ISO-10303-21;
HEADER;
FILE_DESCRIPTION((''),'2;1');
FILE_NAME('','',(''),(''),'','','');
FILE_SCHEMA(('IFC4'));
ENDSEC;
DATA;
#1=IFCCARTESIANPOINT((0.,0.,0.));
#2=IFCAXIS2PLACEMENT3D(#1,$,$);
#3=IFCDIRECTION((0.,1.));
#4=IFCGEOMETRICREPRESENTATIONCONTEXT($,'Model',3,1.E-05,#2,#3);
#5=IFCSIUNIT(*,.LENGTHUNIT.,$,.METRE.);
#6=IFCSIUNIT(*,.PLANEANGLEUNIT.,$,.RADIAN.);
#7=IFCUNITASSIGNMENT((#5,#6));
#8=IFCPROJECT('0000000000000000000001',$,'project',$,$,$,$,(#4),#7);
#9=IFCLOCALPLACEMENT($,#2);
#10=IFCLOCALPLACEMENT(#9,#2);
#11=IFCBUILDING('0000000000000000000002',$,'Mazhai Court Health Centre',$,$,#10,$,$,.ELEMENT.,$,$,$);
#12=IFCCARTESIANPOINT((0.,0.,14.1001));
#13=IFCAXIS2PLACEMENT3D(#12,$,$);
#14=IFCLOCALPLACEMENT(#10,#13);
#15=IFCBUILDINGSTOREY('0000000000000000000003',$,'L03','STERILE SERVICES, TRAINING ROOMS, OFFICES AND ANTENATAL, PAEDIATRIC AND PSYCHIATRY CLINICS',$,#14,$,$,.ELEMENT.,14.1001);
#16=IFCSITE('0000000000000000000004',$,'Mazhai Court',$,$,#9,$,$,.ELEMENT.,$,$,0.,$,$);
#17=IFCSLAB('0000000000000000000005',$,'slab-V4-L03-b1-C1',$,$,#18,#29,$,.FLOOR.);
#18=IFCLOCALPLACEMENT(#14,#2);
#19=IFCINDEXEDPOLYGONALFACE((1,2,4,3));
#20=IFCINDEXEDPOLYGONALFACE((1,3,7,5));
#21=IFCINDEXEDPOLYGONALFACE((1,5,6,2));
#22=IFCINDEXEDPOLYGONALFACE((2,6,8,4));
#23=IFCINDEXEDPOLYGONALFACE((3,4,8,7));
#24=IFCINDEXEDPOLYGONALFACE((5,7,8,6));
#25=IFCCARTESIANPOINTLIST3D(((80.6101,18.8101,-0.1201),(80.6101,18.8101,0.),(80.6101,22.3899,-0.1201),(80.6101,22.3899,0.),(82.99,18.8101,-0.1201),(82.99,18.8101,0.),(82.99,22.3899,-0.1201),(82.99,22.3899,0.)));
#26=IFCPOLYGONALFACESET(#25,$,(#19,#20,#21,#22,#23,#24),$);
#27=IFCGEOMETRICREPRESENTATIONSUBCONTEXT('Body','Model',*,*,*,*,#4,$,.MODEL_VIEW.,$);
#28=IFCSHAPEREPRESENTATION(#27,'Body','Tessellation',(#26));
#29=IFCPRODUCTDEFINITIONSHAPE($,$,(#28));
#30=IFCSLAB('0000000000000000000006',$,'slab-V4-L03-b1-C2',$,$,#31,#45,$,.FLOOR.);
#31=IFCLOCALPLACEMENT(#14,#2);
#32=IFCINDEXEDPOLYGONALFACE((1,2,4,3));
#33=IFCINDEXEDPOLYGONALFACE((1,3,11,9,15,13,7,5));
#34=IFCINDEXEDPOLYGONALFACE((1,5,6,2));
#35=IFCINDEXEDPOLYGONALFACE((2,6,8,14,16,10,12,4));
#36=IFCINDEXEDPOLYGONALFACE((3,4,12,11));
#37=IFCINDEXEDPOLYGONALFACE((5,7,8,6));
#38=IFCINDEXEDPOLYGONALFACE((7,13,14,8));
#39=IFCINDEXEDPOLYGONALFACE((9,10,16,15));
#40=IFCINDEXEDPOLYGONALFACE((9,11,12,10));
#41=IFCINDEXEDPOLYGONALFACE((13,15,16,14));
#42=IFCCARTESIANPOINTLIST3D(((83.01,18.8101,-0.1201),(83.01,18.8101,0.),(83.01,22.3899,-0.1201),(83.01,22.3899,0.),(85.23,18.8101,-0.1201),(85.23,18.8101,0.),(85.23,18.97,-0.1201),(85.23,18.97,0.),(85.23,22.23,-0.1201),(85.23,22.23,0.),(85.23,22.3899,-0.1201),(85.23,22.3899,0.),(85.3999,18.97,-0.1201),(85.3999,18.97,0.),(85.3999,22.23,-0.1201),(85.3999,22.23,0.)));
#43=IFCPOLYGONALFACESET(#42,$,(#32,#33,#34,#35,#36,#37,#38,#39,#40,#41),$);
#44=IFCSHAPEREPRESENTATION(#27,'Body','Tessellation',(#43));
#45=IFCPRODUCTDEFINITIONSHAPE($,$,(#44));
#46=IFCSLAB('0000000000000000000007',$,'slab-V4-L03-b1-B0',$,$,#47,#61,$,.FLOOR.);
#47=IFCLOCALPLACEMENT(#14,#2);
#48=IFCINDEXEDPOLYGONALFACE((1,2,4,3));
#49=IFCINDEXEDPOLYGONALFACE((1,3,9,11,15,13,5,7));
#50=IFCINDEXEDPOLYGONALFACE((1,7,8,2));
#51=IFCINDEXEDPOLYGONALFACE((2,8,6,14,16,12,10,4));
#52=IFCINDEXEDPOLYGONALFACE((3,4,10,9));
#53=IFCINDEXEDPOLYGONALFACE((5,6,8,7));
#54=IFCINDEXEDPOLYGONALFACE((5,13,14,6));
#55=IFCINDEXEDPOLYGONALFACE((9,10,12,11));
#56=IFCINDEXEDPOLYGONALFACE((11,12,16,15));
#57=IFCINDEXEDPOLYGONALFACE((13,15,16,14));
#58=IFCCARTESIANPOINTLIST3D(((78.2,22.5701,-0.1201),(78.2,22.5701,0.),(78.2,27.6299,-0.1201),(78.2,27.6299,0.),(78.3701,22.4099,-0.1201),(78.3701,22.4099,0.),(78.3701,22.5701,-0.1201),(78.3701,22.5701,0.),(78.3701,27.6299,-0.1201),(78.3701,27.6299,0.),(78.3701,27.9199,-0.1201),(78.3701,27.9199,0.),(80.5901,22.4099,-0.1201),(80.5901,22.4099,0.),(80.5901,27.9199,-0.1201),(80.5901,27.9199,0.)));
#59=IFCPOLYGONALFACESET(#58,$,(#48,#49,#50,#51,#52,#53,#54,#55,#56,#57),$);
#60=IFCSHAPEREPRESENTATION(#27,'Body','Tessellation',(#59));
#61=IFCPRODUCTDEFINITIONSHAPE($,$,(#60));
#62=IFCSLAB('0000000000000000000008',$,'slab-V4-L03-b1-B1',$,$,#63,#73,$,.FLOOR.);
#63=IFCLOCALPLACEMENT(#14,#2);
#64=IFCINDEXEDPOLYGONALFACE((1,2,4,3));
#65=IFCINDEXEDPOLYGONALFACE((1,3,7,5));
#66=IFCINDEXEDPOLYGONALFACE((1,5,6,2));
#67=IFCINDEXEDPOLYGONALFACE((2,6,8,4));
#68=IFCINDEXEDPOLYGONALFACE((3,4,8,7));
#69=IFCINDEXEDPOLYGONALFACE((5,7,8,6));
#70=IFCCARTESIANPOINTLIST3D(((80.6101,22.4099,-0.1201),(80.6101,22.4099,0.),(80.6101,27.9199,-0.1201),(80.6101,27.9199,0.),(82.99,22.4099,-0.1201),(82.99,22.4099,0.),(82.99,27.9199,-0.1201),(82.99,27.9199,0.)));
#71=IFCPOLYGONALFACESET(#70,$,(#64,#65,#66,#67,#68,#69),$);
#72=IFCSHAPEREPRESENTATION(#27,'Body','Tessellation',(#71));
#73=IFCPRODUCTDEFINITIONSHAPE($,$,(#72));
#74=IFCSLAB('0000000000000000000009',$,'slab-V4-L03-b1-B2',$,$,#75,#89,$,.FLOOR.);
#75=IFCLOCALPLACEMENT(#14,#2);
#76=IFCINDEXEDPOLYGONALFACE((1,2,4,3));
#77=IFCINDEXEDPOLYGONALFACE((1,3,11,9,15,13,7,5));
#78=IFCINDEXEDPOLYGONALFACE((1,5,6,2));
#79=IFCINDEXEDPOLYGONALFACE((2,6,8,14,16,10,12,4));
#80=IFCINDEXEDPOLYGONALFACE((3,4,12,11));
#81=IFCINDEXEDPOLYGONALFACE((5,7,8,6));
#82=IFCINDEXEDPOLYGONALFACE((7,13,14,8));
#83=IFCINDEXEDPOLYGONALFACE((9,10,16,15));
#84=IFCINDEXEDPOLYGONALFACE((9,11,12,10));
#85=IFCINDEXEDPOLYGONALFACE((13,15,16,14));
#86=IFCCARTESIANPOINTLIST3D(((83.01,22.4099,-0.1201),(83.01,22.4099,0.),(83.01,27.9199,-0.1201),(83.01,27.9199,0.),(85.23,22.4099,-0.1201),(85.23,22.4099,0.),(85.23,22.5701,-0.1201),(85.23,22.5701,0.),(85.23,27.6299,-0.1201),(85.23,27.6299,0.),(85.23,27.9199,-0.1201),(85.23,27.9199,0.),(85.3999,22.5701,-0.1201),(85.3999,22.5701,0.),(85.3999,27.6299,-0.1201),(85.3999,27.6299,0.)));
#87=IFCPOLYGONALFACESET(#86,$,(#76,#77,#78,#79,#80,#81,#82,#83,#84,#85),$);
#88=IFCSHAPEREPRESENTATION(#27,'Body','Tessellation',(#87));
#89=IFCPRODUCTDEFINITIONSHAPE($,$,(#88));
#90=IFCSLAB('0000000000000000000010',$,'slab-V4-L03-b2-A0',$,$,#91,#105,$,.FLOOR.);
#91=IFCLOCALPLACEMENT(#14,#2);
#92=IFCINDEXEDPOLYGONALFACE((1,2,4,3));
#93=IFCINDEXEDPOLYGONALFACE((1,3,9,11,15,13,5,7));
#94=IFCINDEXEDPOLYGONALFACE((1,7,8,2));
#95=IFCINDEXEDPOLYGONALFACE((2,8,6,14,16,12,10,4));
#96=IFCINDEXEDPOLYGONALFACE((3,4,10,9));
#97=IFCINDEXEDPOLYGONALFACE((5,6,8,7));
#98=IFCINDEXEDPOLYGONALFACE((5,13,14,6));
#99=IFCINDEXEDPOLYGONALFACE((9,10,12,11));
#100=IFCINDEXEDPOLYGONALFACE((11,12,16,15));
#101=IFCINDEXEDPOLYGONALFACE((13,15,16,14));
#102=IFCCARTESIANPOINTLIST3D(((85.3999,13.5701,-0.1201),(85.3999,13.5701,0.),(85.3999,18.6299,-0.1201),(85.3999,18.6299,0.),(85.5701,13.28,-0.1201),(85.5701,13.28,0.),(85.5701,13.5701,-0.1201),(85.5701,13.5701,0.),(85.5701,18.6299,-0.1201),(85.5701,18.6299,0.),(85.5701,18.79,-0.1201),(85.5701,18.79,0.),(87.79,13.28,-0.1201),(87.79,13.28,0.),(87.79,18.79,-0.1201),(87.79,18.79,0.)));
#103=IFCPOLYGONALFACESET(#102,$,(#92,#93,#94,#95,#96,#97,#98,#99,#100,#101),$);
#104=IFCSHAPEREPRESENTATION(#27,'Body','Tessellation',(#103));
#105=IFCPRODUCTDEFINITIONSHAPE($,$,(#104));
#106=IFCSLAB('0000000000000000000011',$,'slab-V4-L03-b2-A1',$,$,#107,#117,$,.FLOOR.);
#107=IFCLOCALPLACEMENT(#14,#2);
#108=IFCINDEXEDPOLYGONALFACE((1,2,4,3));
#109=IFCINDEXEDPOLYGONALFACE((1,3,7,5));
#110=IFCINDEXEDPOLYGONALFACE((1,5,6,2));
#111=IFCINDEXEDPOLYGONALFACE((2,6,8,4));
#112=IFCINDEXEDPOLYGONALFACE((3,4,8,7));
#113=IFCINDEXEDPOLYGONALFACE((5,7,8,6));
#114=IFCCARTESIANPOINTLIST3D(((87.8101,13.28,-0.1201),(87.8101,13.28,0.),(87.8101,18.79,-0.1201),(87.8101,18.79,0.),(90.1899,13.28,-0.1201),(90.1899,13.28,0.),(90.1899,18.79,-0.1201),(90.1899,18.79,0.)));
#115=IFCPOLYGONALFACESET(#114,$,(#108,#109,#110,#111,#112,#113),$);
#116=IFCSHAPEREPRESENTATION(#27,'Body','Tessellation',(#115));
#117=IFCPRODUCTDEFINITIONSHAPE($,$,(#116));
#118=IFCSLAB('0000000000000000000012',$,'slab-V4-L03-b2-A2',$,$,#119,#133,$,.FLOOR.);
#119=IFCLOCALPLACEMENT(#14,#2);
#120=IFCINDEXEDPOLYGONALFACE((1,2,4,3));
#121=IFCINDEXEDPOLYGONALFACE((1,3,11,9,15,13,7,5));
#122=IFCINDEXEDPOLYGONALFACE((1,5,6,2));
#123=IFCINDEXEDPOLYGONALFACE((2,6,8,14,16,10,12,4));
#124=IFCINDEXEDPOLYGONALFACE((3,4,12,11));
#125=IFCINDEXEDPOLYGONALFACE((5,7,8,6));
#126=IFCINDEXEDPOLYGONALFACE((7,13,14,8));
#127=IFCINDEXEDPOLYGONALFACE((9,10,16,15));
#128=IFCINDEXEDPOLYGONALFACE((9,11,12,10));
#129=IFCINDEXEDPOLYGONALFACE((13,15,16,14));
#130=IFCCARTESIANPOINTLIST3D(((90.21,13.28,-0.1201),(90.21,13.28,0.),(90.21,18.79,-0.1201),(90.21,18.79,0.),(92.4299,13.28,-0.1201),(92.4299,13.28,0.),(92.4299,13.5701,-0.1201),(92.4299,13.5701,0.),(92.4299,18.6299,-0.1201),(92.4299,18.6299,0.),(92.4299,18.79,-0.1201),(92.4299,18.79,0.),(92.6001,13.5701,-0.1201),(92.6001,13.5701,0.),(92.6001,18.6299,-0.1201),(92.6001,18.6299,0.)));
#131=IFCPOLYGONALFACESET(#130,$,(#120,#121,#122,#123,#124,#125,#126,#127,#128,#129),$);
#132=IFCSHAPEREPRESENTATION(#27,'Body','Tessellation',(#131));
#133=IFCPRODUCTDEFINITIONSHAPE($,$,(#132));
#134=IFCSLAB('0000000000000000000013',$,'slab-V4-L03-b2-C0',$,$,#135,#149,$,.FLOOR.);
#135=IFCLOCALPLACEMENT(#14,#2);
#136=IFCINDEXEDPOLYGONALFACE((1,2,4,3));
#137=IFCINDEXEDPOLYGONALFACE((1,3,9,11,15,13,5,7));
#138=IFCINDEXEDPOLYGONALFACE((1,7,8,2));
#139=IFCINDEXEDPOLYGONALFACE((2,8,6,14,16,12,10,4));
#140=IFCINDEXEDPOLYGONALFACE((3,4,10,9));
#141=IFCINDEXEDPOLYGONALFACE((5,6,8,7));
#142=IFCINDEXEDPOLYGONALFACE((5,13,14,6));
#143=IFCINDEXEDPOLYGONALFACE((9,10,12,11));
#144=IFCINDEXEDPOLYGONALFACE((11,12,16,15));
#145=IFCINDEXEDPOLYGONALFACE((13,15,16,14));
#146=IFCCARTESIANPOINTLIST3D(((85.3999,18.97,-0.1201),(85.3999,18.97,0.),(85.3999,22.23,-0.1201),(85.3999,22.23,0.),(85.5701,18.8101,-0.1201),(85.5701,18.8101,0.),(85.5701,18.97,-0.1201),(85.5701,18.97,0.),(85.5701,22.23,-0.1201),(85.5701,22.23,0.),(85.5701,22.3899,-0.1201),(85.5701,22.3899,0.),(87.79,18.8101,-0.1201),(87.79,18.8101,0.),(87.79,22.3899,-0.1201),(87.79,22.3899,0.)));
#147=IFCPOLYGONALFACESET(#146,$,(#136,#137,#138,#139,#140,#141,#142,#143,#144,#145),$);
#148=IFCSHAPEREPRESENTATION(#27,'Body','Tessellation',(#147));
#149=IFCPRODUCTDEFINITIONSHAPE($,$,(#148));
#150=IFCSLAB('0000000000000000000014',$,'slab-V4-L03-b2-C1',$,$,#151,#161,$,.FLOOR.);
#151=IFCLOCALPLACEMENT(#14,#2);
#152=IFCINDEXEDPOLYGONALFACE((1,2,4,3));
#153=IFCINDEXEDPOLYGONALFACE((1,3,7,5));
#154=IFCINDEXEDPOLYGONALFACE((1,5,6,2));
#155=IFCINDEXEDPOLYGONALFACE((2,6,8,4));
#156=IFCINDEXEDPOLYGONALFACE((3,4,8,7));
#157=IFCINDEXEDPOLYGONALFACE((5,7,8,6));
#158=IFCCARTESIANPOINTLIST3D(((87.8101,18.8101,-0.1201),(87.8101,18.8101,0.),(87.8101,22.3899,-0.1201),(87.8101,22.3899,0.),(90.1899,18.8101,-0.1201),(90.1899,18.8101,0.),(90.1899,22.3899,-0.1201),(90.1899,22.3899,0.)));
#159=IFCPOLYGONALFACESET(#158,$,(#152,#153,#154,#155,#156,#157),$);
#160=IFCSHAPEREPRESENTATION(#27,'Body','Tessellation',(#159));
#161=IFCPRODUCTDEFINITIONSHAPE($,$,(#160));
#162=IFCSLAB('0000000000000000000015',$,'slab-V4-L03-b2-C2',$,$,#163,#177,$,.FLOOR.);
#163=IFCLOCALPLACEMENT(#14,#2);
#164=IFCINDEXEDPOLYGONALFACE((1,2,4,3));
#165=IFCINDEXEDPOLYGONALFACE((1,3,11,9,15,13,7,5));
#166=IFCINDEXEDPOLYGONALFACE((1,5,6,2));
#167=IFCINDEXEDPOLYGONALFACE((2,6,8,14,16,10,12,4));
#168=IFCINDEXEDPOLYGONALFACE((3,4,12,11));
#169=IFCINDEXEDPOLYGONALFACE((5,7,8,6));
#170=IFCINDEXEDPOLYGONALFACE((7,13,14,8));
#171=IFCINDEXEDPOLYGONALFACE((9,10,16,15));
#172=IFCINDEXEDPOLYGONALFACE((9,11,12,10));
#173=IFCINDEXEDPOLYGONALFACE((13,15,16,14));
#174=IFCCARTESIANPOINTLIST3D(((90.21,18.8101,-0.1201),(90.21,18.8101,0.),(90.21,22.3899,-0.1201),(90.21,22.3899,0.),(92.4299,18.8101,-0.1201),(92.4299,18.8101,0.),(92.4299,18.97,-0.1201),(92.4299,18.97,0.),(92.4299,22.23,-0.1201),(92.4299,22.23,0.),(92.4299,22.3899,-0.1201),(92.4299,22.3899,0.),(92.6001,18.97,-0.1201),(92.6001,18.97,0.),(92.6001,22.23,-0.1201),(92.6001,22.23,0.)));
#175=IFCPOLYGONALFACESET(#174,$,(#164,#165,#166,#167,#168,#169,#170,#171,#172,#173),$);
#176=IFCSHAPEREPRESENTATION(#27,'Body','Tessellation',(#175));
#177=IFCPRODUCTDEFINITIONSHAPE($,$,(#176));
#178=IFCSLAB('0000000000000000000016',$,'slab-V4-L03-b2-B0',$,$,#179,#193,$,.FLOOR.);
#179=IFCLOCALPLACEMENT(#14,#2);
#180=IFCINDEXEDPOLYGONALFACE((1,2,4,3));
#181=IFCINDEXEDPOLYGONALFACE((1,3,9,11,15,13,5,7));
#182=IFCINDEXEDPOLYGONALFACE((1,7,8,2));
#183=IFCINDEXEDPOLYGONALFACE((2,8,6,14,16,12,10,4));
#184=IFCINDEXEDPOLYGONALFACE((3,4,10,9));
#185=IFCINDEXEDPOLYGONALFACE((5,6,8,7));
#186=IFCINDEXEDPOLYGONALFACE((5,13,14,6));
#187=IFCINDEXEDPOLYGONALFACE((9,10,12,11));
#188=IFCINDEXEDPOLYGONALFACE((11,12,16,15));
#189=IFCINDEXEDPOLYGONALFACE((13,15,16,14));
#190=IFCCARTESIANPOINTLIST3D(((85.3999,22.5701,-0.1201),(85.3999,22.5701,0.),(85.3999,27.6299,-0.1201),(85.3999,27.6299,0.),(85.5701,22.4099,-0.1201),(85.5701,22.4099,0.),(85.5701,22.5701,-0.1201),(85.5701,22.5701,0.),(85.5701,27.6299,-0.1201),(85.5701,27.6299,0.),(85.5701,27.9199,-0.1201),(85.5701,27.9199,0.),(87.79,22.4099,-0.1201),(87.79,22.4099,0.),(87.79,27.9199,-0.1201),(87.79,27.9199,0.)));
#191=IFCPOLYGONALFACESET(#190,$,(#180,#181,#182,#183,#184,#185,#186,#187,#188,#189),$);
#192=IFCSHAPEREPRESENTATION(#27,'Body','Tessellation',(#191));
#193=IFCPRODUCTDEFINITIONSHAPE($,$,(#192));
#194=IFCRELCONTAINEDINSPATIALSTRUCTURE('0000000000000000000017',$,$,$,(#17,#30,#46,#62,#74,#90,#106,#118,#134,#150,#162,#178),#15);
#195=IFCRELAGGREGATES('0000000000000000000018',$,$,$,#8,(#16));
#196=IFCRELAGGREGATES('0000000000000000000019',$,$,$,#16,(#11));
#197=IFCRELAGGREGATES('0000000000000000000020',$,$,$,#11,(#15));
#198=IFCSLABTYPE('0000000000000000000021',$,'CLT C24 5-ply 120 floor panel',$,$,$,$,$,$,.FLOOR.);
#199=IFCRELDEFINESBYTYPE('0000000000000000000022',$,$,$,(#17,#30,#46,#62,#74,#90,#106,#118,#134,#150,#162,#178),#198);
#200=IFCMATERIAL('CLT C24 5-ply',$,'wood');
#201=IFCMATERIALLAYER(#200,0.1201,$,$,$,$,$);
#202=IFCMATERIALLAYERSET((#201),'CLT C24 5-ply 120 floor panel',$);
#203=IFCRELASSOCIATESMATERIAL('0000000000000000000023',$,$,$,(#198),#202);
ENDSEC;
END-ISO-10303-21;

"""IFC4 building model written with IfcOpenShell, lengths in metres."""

from ifc_helpers import new_model, si_unit, direction, frame, origin, place, context, subcontext, project, spatial, polyline, outline, extrude, material, layer, layer_set, type_object, element, save


model = new_model("IFC4")

# Units and contexts
model_context = context("Model", 3, precision=1e-05, world=origin(), true_north=direction((0.0, 1.0)))
body_context = subcontext(model_context, "Body", "Model", "MODEL_VIEW")
ifc_project = project(units=[si_unit("LENGTHUNIT", "METRE"), si_unit("PLANEANGLEUNIT", "RADIAN")], contexts=[model_context])

# Site, building, storey
site_placement = place(None, origin())
site = spatial("IfcSite", under=ifc_project, at=site_placement, Name="Mazhai Court", CompositionType="ELEMENT", RefElevation=0.0)
building_placement = place(site_placement, origin())
building = spatial("IfcBuilding", under=site, at=building_placement, Name="Mazhai Court Health Centre", CompositionType="ELEMENT")
storey_placement = place(building_placement, frame((0.0, 0.0, 14.1001)))
storey = spatial("IfcBuildingStorey", under=building, at=storey_placement, Name="L03", Description="STERILE SERVICES, TRAINING ROOMS, OFFICES AND ANTENATAL, PAEDIATRIC AND PSYCHIATRY CLINICS", CompositionType="ELEMENT", Elevation=14.1001)

# Slabs
ifc_material = material(Name="CLT C24 5-ply", Category="wood")
ifc_layer = layer(ifc_material, 0.1201)
ifc_layer_set = layer_set([ifc_layer], Name="CLT C24 5-ply 120 floor panel")
slab_type = type_object("IfcSlabType", Name="CLT C24 5-ply 120 floor panel", PredefinedType="FLOOR", material=ifc_layer_set)
slab_1_placement = place(storey_placement, frame((0.0, 0.0, -0.1201)))
element("IfcSlab", 1, at=slab_1_placement, inside=storey, type_object=slab_type, Name="slab-V4-L03-b1-C1", PredefinedType="FLOOR", context=body_context, shape_type="SweptSolid", body=[
    extrude(outline(polyline([(80.6101, 18.8101), (82.99, 18.8101), (82.99, 22.3899), (80.6101, 22.3899), (80.6101, 18.8101)])), origin(), (0.0, 0.0, 1.0), 0.1201),
])
slab_2_placement = place(storey_placement, frame((0.0, 0.0, -0.1201)))
element("IfcSlab", 2, at=slab_2_placement, inside=storey, type_object=slab_type, Name="slab-V4-L03-b1-C2", PredefinedType="FLOOR", context=body_context, shape_type="SweptSolid", body=[
    extrude(outline(polyline([(85.3999, 18.97), (85.3999, 22.23), (85.23, 22.23), (85.23, 22.3899), (83.01, 22.3899), (83.01, 18.8101), (85.23, 18.8101), (85.23, 18.97), (85.3999, 18.97)])), origin(), (0.0, 0.0, 1.0), 0.1201),
])
slab_3_placement = place(storey_placement, frame((0.0, 0.0, -0.1201)))
element("IfcSlab", 3, at=slab_3_placement, inside=storey, type_object=slab_type, Name="slab-V4-L03-b1-B0", PredefinedType="FLOOR", context=body_context, shape_type="SweptSolid", body=[
    extrude(outline(polyline([(80.5901, 27.9199), (78.3701, 27.9199), (78.3701, 27.6299), (78.2, 27.6299), (78.2, 22.5701), (78.3701, 22.5701), (78.3701, 22.4099), (80.5901, 22.4099), (80.5901, 27.9199)])), origin(), (0.0, 0.0, 1.0), 0.1201),
])
slab_4_placement = place(storey_placement, frame((0.0, 0.0, -0.1201)))
element("IfcSlab", 4, at=slab_4_placement, inside=storey, type_object=slab_type, Name="slab-V4-L03-b1-B1", PredefinedType="FLOOR", context=body_context, shape_type="SweptSolid", body=[
    extrude(outline(polyline([(80.6101, 22.4099), (82.99, 22.4099), (82.99, 27.9199), (80.6101, 27.9199), (80.6101, 22.4099)])), origin(), (0.0, 0.0, 1.0), 0.1201),
])
slab_5_placement = place(storey_placement, frame((0.0, 0.0, -0.1201)))
element("IfcSlab", 5, at=slab_5_placement, inside=storey, type_object=slab_type, Name="slab-V4-L03-b1-B2", PredefinedType="FLOOR", context=body_context, shape_type="SweptSolid", body=[
    extrude(outline(polyline([(85.3999, 22.5701), (85.3999, 27.6299), (85.23, 27.6299), (85.23, 27.9199), (83.01, 27.9199), (83.01, 22.4099), (85.23, 22.4099), (85.23, 22.5701), (85.3999, 22.5701)])), origin(), (0.0, 0.0, 1.0), 0.1201),
])
slab_6_placement = place(storey_placement, frame((0.0, 0.0, -0.1201)))
element("IfcSlab", 6, at=slab_6_placement, inside=storey, type_object=slab_type, Name="slab-V4-L03-b2-A0", PredefinedType="FLOOR", context=body_context, shape_type="SweptSolid", body=[
    extrude(outline(polyline([(87.79, 18.79), (85.5701, 18.79), (85.5701, 18.6299), (85.3999, 18.6299), (85.3999, 13.5701), (85.5701, 13.5701), (85.5701, 13.28), (87.79, 13.28), (87.79, 18.79)])), origin(), (0.0, 0.0, 1.0), 0.1201),
])
slab_7_placement = place(storey_placement, frame((0.0, 0.0, -0.1201)))
element("IfcSlab", 7, at=slab_7_placement, inside=storey, type_object=slab_type, Name="slab-V4-L03-b2-A1", PredefinedType="FLOOR", context=body_context, shape_type="SweptSolid", body=[
    extrude(outline(polyline([(87.8101, 13.28), (90.1899, 13.28), (90.1899, 18.79), (87.8101, 18.79), (87.8101, 13.28)])), origin(), (0.0, 0.0, 1.0), 0.1201),
])
slab_8_placement = place(storey_placement, frame((0.0, 0.0, -0.1201)))
element("IfcSlab", 8, at=slab_8_placement, inside=storey, type_object=slab_type, Name="slab-V4-L03-b2-A2", PredefinedType="FLOOR", context=body_context, shape_type="SweptSolid", body=[
    extrude(outline(polyline([(92.6001, 13.5701), (92.6001, 18.6299), (92.4299, 18.6299), (92.4299, 18.79), (90.21, 18.79), (90.21, 13.28), (92.4299, 13.28), (92.4299, 13.5701), (92.6001, 13.5701)])), origin(), (0.0, 0.0, 1.0), 0.1201),
])
slab_9_placement = place(storey_placement, frame((0.0, 0.0, -0.1201)))
element("IfcSlab", 9, at=slab_9_placement, inside=storey, type_object=slab_type, Name="slab-V4-L03-b2-C0", PredefinedType="FLOOR", context=body_context, shape_type="SweptSolid", body=[
    extrude(outline(polyline([(87.79, 22.3899), (85.5701, 22.3899), (85.5701, 22.23), (85.3999, 22.23), (85.3999, 18.97), (85.5701, 18.97), (85.5701, 18.8101), (87.79, 18.8101), (87.79, 22.3899)])), origin(), (0.0, 0.0, 1.0), 0.1201),
])
slab_10_placement = place(storey_placement, frame((0.0, 0.0, -0.1201)))
element("IfcSlab", 10, at=slab_10_placement, inside=storey, type_object=slab_type, Name="slab-V4-L03-b2-C1", PredefinedType="FLOOR", context=body_context, shape_type="SweptSolid", body=[
    extrude(outline(polyline([(87.8101, 18.8101), (90.1899, 18.8101), (90.1899, 22.3899), (87.8101, 22.3899), (87.8101, 18.8101)])), origin(), (0.0, 0.0, 1.0), 0.1201),
])
slab_11_placement = place(storey_placement, frame((0.0, 0.0, -0.1201)))
element("IfcSlab", 11, at=slab_11_placement, inside=storey, type_object=slab_type, Name="slab-V4-L03-b2-C2", PredefinedType="FLOOR", context=body_context, shape_type="SweptSolid", body=[
    extrude(outline(polyline([(92.6001, 18.97), (92.6001, 22.23), (92.4299, 22.23), (92.4299, 22.3899), (90.21, 22.3899), (90.21, 18.8101), (92.4299, 18.8101), (92.4299, 18.97), (92.6001, 18.97)])), origin(), (0.0, 0.0, 1.0), 0.1201),
])
slab_12_placement = place(storey_placement, frame((0.0, 0.0, -0.1201)))
element("IfcSlab", 12, at=slab_12_placement, inside=storey, type_object=slab_type, Name="slab-V4-L03-b2-B0", PredefinedType="FLOOR", context=body_context, shape_type="SweptSolid", body=[
    extrude(outline(polyline([(87.79, 27.9199), (85.5701, 27.9199), (85.5701, 27.6299), (85.3999, 27.6299), (85.3999, 22.5701), (85.5701, 22.5701), (85.5701, 22.4099), (87.79, 22.4099), (87.79, 27.9199)])), origin(), (0.0, 0.0, 1.0), 0.1201),
])

save(model, "model.ifc")
